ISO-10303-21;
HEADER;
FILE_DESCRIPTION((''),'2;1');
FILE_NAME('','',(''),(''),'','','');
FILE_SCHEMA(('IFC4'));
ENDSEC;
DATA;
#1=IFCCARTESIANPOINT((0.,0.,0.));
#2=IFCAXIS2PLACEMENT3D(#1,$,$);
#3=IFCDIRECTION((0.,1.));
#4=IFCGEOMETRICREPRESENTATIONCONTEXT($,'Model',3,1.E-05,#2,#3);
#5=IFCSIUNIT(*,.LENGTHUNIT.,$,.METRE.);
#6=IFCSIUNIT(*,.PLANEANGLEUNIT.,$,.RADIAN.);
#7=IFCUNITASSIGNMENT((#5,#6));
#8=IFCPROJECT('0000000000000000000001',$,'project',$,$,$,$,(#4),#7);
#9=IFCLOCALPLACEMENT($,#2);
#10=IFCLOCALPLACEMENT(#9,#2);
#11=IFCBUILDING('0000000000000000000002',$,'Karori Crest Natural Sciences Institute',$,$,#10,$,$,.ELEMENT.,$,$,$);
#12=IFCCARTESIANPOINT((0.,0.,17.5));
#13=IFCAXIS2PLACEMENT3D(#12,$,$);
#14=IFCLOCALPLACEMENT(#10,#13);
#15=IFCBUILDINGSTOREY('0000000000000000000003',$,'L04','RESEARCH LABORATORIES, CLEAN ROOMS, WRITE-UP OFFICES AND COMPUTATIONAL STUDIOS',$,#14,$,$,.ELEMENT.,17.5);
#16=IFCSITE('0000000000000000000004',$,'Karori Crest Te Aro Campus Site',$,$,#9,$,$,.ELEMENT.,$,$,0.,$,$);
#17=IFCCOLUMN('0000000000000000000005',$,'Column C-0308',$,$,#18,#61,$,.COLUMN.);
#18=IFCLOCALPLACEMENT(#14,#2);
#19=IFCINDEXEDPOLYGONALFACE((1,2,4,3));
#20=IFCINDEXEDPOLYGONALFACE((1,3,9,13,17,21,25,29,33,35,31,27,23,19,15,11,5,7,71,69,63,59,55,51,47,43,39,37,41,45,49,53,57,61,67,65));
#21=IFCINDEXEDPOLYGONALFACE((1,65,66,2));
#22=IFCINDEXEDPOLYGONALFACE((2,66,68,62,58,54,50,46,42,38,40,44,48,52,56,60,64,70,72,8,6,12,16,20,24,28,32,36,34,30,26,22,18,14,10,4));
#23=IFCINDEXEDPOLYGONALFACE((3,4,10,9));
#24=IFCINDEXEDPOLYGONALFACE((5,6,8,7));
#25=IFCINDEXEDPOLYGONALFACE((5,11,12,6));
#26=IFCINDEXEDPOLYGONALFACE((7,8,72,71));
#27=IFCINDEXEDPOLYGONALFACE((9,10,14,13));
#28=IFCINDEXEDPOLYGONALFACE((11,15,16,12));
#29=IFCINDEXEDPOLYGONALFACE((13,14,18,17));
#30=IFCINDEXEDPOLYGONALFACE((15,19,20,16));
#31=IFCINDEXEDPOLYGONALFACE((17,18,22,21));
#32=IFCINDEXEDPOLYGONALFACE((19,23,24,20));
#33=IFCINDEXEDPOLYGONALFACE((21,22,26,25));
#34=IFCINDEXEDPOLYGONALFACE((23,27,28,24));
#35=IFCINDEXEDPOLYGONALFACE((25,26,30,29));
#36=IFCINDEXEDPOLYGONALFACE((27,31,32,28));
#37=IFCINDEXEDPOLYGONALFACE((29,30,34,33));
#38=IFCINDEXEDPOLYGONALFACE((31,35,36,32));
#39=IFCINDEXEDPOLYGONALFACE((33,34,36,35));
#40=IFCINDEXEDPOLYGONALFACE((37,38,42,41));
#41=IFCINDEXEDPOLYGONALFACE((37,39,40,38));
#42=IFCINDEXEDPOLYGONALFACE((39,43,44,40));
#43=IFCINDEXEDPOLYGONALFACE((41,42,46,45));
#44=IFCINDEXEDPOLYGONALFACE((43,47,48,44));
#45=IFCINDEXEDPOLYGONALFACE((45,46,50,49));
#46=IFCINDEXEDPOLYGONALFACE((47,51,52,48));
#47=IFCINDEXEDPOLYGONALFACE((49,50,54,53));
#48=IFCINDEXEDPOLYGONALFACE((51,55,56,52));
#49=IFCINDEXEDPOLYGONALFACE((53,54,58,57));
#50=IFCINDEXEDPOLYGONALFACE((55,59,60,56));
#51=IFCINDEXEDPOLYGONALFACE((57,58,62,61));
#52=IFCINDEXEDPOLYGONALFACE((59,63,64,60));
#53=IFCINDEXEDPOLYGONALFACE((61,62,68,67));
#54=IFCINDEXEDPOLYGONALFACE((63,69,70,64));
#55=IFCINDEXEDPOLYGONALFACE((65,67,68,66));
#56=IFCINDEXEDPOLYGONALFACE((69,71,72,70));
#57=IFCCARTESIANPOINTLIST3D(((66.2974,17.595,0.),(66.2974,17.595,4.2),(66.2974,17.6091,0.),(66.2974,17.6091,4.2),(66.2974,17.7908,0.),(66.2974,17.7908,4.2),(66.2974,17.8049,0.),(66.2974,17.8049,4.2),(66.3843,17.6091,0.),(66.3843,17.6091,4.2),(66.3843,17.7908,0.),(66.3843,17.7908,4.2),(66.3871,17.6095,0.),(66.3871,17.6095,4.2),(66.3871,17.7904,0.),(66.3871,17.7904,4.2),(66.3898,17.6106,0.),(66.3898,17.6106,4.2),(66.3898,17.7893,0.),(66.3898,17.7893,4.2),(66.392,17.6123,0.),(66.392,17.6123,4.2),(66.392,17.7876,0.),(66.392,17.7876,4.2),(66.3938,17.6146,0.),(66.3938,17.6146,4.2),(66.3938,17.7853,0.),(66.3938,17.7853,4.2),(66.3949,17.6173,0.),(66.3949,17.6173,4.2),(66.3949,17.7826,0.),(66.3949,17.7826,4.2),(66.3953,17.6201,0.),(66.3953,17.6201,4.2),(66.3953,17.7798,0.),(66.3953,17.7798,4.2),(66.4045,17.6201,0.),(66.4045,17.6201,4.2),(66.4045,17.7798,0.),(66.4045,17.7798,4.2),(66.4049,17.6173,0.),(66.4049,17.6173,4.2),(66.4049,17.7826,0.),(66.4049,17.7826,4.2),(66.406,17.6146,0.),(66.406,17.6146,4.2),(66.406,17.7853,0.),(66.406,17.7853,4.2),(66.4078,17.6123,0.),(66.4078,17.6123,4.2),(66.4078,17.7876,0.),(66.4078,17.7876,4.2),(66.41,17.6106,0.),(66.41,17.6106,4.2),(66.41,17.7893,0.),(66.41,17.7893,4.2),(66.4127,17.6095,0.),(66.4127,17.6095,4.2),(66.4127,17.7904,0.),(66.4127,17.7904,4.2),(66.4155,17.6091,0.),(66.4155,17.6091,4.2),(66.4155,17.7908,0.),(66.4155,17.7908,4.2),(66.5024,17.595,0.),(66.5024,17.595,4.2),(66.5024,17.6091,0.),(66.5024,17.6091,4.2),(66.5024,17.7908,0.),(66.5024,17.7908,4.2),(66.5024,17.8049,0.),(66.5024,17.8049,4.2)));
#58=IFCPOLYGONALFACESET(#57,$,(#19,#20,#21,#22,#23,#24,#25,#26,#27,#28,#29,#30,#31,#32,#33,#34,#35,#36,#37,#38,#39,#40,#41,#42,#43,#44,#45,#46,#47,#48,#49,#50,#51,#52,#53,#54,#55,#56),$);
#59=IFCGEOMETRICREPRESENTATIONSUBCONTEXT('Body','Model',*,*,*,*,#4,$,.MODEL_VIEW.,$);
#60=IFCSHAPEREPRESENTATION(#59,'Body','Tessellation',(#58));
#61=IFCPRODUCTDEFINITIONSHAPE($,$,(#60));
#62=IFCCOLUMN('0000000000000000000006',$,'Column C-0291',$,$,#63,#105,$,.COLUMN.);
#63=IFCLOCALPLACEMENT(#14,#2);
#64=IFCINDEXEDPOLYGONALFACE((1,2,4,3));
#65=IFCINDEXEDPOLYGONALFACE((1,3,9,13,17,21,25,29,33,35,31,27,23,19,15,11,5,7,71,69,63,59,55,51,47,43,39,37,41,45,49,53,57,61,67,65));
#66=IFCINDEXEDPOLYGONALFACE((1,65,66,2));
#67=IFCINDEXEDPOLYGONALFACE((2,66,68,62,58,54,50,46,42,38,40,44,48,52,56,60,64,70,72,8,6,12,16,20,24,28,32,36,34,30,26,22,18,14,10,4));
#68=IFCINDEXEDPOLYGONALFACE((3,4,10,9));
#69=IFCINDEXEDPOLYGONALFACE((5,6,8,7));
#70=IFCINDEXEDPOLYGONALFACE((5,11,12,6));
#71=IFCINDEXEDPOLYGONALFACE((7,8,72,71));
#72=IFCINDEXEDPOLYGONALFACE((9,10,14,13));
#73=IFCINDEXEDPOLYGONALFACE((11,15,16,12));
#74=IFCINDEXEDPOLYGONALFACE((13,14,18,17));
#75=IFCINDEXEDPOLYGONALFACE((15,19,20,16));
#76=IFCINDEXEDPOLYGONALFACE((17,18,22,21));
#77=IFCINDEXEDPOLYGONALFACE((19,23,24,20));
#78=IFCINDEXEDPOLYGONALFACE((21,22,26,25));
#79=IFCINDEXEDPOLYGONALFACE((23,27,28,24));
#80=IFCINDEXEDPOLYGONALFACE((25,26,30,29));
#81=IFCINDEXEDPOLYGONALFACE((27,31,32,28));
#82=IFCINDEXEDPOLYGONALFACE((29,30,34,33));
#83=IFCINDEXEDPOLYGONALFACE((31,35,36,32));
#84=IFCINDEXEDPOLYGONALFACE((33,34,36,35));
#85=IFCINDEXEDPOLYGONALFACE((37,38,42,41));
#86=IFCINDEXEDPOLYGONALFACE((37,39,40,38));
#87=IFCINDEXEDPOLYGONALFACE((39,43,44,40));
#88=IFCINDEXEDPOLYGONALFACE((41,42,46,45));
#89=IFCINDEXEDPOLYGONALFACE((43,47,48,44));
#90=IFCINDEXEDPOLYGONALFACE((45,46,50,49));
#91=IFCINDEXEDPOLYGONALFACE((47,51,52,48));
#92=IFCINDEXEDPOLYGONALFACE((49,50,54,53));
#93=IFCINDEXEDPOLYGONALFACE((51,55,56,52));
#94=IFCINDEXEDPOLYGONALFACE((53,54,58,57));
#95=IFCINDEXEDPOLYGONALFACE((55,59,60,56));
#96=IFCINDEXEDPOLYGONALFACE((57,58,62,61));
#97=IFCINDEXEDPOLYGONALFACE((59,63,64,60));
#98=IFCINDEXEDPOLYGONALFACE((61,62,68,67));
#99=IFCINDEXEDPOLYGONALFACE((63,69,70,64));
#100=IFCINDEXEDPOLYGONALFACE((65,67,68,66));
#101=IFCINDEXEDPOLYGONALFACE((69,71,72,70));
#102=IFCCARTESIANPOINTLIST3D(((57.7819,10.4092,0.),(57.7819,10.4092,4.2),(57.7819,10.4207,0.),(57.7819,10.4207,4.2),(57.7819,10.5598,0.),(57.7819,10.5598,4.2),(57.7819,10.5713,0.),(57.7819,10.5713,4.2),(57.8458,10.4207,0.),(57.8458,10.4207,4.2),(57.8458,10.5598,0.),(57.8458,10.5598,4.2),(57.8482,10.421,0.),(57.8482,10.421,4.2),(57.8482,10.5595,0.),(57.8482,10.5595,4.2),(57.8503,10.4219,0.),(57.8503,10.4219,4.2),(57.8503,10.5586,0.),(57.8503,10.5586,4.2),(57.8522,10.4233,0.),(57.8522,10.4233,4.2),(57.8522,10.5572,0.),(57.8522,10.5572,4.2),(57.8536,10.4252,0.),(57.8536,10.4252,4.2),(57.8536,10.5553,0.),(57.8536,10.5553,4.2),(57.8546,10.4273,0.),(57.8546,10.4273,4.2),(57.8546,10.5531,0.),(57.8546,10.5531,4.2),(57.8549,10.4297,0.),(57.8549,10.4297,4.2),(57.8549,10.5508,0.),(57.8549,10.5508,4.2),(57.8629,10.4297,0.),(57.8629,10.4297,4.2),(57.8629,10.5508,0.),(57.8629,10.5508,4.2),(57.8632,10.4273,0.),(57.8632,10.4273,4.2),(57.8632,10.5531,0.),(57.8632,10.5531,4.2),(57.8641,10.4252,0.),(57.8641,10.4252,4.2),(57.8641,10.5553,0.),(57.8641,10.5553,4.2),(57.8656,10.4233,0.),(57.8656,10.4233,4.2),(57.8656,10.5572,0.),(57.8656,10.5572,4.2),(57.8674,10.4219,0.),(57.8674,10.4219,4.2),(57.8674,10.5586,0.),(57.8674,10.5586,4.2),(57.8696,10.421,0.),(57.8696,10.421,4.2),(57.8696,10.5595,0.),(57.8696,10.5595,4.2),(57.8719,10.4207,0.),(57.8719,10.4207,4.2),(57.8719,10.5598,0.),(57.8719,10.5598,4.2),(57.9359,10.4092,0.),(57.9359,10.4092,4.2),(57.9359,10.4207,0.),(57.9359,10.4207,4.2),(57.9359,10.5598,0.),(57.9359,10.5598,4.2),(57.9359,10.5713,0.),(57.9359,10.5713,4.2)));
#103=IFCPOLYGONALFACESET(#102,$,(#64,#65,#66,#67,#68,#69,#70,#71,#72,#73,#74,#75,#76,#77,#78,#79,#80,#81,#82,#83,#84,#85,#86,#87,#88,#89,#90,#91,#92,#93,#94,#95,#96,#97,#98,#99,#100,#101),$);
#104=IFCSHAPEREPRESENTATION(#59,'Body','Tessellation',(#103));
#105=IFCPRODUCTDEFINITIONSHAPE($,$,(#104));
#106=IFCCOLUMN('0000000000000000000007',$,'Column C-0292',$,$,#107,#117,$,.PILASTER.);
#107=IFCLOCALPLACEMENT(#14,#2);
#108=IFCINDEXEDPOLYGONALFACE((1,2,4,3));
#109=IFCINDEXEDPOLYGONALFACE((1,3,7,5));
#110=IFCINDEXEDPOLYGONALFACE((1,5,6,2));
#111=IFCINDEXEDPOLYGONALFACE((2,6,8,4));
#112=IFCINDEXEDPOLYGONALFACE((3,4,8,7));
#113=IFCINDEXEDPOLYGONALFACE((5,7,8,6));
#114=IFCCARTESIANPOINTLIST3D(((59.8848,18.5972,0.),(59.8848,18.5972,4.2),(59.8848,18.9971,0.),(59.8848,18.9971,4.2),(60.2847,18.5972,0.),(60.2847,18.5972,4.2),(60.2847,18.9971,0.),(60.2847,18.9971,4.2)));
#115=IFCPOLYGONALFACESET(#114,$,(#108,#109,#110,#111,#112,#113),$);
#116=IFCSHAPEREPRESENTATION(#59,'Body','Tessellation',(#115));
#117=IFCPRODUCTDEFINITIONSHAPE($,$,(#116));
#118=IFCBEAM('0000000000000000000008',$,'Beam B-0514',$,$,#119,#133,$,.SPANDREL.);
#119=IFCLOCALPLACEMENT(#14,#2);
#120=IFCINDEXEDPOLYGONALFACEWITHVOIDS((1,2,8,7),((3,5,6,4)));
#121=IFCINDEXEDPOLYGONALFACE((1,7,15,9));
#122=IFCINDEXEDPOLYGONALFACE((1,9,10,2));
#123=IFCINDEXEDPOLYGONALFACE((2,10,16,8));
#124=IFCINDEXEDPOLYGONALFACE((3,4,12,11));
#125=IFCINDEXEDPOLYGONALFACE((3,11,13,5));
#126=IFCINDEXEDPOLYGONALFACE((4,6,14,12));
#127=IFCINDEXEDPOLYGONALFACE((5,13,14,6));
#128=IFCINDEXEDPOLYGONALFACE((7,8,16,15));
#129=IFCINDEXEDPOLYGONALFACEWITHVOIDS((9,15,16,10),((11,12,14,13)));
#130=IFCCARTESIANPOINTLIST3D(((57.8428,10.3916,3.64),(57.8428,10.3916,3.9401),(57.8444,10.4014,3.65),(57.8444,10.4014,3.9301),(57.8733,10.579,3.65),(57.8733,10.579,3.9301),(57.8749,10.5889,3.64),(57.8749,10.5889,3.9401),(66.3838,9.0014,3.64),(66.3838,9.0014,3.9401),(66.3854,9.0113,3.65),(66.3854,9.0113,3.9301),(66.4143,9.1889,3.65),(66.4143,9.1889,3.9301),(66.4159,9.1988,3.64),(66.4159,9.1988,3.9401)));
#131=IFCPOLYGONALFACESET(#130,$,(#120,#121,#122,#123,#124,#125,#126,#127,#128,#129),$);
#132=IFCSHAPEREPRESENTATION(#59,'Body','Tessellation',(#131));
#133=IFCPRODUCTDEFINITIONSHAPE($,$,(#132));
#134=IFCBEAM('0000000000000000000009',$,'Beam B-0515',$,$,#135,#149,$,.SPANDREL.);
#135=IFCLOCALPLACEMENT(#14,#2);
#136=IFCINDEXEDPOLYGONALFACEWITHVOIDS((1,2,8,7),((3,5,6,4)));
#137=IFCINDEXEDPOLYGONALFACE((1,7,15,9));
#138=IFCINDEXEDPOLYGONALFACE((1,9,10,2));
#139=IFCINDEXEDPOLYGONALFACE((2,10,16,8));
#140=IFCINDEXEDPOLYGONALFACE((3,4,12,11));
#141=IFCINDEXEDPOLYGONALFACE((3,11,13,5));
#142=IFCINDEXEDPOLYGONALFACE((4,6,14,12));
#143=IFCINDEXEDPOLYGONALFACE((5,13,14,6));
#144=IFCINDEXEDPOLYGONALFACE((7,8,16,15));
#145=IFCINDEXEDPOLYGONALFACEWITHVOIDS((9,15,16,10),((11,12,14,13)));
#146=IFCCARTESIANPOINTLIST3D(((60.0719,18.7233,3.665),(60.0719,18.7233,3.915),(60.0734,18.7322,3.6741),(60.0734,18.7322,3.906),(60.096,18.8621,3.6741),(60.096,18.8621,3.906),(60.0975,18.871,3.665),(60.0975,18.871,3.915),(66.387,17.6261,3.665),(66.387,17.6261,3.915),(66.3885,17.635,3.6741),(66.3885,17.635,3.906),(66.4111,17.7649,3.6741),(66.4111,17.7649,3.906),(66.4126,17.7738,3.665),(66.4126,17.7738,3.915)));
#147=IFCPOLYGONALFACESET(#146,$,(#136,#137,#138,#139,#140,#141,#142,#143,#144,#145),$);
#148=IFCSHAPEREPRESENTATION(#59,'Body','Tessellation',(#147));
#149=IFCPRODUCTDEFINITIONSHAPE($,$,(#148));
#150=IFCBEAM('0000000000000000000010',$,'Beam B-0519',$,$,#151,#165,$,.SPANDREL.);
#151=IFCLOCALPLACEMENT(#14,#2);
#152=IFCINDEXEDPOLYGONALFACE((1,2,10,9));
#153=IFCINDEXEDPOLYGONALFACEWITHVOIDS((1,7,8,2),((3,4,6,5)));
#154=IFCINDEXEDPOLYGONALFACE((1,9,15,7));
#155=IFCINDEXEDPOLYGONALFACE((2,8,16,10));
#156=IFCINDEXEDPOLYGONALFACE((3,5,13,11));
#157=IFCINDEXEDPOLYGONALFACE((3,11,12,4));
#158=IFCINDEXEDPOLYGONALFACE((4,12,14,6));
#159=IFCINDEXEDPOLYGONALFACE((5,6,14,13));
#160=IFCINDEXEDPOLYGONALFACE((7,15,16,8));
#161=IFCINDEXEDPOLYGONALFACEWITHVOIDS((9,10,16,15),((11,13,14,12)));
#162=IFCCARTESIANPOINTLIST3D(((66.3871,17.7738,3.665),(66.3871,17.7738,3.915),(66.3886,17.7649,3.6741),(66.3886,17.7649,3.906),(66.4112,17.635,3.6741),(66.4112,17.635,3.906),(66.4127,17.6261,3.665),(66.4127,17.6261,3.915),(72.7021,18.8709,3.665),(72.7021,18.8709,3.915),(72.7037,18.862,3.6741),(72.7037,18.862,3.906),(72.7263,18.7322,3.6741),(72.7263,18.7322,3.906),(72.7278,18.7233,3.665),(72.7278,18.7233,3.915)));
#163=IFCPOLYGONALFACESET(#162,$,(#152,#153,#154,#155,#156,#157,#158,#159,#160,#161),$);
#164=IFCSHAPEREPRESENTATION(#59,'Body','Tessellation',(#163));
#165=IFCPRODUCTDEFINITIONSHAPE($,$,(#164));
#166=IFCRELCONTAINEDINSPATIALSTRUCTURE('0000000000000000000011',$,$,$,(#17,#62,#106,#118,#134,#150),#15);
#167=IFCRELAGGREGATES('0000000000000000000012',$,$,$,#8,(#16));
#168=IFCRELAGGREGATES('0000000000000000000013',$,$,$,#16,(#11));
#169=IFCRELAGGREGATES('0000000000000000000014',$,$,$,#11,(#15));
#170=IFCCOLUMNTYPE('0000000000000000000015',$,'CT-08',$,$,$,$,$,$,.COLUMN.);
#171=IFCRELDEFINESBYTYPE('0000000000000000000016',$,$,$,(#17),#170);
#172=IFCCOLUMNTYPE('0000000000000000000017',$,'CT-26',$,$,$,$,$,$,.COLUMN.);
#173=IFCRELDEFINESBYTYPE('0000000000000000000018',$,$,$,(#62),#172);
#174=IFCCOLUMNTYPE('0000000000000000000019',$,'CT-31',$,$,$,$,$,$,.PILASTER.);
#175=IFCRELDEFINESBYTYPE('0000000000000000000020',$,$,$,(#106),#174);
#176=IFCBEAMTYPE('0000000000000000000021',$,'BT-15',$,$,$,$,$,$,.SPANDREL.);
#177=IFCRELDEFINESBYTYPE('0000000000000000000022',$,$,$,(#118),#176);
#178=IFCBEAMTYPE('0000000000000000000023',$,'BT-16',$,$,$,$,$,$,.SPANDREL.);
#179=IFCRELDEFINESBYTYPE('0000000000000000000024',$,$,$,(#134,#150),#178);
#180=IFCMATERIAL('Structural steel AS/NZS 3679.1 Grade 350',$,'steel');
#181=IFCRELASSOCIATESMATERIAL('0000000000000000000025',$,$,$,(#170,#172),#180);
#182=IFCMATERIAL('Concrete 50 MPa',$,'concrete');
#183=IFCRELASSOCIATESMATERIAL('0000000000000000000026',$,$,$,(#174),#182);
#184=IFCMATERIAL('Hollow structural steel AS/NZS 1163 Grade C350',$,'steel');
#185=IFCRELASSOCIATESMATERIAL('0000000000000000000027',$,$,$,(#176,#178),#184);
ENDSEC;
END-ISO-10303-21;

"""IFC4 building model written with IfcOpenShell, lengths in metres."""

from ifc_helpers import new_model, si_unit, direction, frame, origin, origin_2d, place, context, subcontext, project, spatial, rectangle, hollow_rectangle, i_section, extrude, material, material_profile, profile_set, type_object, element, save


model = new_model("IFC4")

# Units and contexts
model_context = context("Model", 3, precision=1e-05, world=origin(), true_north=direction((0.0, 1.0)))
body_context = subcontext(model_context, "Body", "Model", "MODEL_VIEW")
ifc_project = project(units=[si_unit("LENGTHUNIT", "METRE"), si_unit("PLANEANGLEUNIT", "RADIAN")], contexts=[model_context])

# Site, building, storey
site_placement = place(None, origin())
site = spatial("IfcSite", under=ifc_project, at=site_placement, Name="Karori Crest Te Aro Campus Site", CompositionType="ELEMENT", RefElevation=0.0)
building_placement = place(site_placement, origin())
building = spatial("IfcBuilding", under=site, at=building_placement, Name="Karori Crest Natural Sciences Institute", CompositionType="ELEMENT")
storey_placement = place(building_placement, frame((0.0, 0.0, 17.5)))
storey = spatial("IfcBuildingStorey", under=building, at=storey_placement, Name="L04", Description="RESEARCH LABORATORIES, CLEAN ROOMS, WRITE-UP OFFICES AND COMPUTATIONAL STUDIOS", CompositionType="ELEMENT", Elevation=17.5)

# Columns
ifc_material_1 = material(Name="Structural steel AS/NZS 3679.1 Grade 350", Category="steel")
ifc_material_profile_1 = material_profile(ifc_material_1, i_section(OverallWidth=0.2051, OverallDepth=0.21, WebThickness=0.0093, FlangeThickness=0.0142, FilletRadius=0.011, at=origin_2d()), Name="200UC59.5")
ifc_profile_set_1 = profile_set([ifc_material_profile_1], Name="Structural steel AS/NZS 3679.1 Grade 350")
column_type_1 = type_object("IfcColumnType", Name="CT-08", PredefinedType="COLUMN", material=ifc_profile_set_1)
column_1_placement = place(storey_placement, frame((66.3999, 17.7, 0.0), z_axis=(0.0, 0.0, 1.0), x_axis=(1.0, 0.0, 0.0)))
element("IfcColumn", 1, at=column_1_placement, inside=storey, type_object=column_type_1, Name="Column C-0308", PredefinedType="COLUMN", context=body_context, shape_type="SweptSolid", body=[
    extrude(i_section(OverallWidth=0.2051, OverallDepth=0.21, WebThickness=0.0093, FlangeThickness=0.0142, FilletRadius=0.011, at=origin_2d()), origin(), (0.0, 0.0, 1.0), 4.2),
])
ifc_material_profile_2 = material_profile(ifc_material_1, i_section(OverallWidth=0.1541, OverallDepth=0.1621, WebThickness=0.0081, FlangeThickness=0.0115, FilletRadius=0.009, at=origin_2d()), Name="150UC37.2")
ifc_profile_set_2 = profile_set([ifc_material_profile_2], Name="Structural steel AS/NZS 3679.1 Grade 350")
column_type_2 = type_object("IfcColumnType", Name="CT-26", PredefinedType="COLUMN", material=ifc_profile_set_2)
column_2_placement = place(storey_placement, frame((57.8589, 10.4902, 0.0), z_axis=(0.0, 0.0, 1.0), x_axis=(1.0, 0.0, 0.0)))
element("IfcColumn", 2, at=column_2_placement, inside=storey, type_object=column_type_2, Name="Column C-0291", PredefinedType="COLUMN", context=body_context, shape_type="SweptSolid", body=[
    extrude(i_section(OverallWidth=0.1541, OverallDepth=0.1621, WebThickness=0.0081, FlangeThickness=0.0115, FilletRadius=0.009, at=origin_2d()), origin(), (0.0, 0.0, 1.0), 4.2),
])
ifc_material_2 = material(Name="Concrete 50 MPa", Category="concrete")
ifc_material_profile_3 = material_profile(ifc_material_2, rectangle(XDim=0.3999, YDim=0.3999, at=origin_2d()), Name="RC400x400")
ifc_profile_set_3 = profile_set([ifc_material_profile_3], Name="Concrete 50 MPa")
column_type_3 = type_object("IfcColumnType", Name="CT-31", PredefinedType="PILASTER", material=ifc_profile_set_3)
column_3_placement = place(storey_placement, frame((60.0847, 18.7971, 0.0), z_axis=(0.0, 0.0, 1.0), x_axis=(1.0, 0.0, 0.0)))
element("IfcColumn", 3, at=column_3_placement, inside=storey, type_object=column_type_3, Name="Column C-0292", PredefinedType="PILASTER", context=body_context, shape_type="SweptSolid", body=[
    extrude(rectangle(XDim=0.3999, YDim=0.3999, at=origin_2d()), origin(), (0.0, 0.0, 1.0), 4.2),
])

# Beams
ifc_material_3 = material(Name="Hollow structural steel AS/NZS 1163 Grade C350", Category="steel")
ifc_material_profile_4 = material_profile(ifc_material_3, hollow_rectangle(XDim=0.2, YDim=0.3, WallThickness=0.01, at=origin_2d()), Name="RHS300x200x10")
ifc_profile_set_4 = profile_set([ifc_material_profile_4], Name="Hollow structural steel AS/NZS 1163 Grade C350")
beam_type_1 = type_object("IfcBeamType", Name="BT-15", PredefinedType="SPANDREL", material=ifc_profile_set_4)
beam_1_placement = place(storey_placement, frame((57.8589, 10.4902, 3.79), z_axis=(0.987012, -0.160646, 0.0), x_axis=(0.160646, 0.987012, 0.0)))
element("IfcBeam", 4, at=beam_1_placement, inside=storey, type_object=beam_type_1, Name="Beam B-0514", PredefinedType="SPANDREL", context=body_context, shape_type="SweptSolid", body=[
    extrude(hollow_rectangle(XDim=0.2, YDim=0.3, WallThickness=0.01, at=origin_2d()), origin(), (0.0, 0.0, 1.0), 8.6533),
])
ifc_material_profile_5 = material_profile(ifc_material_3, hollow_rectangle(XDim=0.1499, YDim=0.25, WallThickness=0.009, at=origin_2d()), Name="RHS250x150x9")
ifc_profile_set_5 = profile_set([ifc_material_profile_5], Name="Hollow structural steel AS/NZS 1163 Grade C350")
beam_type_2 = type_object("IfcBeamType", Name="BT-16", PredefinedType="SPANDREL", material=ifc_profile_set_5)
for number, where, z_axis, x_axis, name in (
    (5, (60.0847, 18.7971, 3.79), (0.985241, -0.171171, 0.0), (0.171171, 0.985241, 0.0), "Beam B-0515"),
    (6, (66.3999, 17.7, 3.79), (0.985241, 0.171171, 0.0), (-0.171171, 0.985241, 0.0), "Beam B-0519"),
):
    element("IfcBeam", number, at=place(storey_placement, frame(where, z_axis=z_axis, x_axis=x_axis)), inside=storey, type_object=beam_type_2, Name=name, PredefinedType="SPANDREL", context=body_context, shape_type="SweptSolid", body=[
        extrude(hollow_rectangle(XDim=0.1499, YDim=0.25, WallThickness=0.009, at=origin_2d()), origin(), (0.0, 0.0, 1.0), 6.4097),
    ])

save(model, "model.ifc")
